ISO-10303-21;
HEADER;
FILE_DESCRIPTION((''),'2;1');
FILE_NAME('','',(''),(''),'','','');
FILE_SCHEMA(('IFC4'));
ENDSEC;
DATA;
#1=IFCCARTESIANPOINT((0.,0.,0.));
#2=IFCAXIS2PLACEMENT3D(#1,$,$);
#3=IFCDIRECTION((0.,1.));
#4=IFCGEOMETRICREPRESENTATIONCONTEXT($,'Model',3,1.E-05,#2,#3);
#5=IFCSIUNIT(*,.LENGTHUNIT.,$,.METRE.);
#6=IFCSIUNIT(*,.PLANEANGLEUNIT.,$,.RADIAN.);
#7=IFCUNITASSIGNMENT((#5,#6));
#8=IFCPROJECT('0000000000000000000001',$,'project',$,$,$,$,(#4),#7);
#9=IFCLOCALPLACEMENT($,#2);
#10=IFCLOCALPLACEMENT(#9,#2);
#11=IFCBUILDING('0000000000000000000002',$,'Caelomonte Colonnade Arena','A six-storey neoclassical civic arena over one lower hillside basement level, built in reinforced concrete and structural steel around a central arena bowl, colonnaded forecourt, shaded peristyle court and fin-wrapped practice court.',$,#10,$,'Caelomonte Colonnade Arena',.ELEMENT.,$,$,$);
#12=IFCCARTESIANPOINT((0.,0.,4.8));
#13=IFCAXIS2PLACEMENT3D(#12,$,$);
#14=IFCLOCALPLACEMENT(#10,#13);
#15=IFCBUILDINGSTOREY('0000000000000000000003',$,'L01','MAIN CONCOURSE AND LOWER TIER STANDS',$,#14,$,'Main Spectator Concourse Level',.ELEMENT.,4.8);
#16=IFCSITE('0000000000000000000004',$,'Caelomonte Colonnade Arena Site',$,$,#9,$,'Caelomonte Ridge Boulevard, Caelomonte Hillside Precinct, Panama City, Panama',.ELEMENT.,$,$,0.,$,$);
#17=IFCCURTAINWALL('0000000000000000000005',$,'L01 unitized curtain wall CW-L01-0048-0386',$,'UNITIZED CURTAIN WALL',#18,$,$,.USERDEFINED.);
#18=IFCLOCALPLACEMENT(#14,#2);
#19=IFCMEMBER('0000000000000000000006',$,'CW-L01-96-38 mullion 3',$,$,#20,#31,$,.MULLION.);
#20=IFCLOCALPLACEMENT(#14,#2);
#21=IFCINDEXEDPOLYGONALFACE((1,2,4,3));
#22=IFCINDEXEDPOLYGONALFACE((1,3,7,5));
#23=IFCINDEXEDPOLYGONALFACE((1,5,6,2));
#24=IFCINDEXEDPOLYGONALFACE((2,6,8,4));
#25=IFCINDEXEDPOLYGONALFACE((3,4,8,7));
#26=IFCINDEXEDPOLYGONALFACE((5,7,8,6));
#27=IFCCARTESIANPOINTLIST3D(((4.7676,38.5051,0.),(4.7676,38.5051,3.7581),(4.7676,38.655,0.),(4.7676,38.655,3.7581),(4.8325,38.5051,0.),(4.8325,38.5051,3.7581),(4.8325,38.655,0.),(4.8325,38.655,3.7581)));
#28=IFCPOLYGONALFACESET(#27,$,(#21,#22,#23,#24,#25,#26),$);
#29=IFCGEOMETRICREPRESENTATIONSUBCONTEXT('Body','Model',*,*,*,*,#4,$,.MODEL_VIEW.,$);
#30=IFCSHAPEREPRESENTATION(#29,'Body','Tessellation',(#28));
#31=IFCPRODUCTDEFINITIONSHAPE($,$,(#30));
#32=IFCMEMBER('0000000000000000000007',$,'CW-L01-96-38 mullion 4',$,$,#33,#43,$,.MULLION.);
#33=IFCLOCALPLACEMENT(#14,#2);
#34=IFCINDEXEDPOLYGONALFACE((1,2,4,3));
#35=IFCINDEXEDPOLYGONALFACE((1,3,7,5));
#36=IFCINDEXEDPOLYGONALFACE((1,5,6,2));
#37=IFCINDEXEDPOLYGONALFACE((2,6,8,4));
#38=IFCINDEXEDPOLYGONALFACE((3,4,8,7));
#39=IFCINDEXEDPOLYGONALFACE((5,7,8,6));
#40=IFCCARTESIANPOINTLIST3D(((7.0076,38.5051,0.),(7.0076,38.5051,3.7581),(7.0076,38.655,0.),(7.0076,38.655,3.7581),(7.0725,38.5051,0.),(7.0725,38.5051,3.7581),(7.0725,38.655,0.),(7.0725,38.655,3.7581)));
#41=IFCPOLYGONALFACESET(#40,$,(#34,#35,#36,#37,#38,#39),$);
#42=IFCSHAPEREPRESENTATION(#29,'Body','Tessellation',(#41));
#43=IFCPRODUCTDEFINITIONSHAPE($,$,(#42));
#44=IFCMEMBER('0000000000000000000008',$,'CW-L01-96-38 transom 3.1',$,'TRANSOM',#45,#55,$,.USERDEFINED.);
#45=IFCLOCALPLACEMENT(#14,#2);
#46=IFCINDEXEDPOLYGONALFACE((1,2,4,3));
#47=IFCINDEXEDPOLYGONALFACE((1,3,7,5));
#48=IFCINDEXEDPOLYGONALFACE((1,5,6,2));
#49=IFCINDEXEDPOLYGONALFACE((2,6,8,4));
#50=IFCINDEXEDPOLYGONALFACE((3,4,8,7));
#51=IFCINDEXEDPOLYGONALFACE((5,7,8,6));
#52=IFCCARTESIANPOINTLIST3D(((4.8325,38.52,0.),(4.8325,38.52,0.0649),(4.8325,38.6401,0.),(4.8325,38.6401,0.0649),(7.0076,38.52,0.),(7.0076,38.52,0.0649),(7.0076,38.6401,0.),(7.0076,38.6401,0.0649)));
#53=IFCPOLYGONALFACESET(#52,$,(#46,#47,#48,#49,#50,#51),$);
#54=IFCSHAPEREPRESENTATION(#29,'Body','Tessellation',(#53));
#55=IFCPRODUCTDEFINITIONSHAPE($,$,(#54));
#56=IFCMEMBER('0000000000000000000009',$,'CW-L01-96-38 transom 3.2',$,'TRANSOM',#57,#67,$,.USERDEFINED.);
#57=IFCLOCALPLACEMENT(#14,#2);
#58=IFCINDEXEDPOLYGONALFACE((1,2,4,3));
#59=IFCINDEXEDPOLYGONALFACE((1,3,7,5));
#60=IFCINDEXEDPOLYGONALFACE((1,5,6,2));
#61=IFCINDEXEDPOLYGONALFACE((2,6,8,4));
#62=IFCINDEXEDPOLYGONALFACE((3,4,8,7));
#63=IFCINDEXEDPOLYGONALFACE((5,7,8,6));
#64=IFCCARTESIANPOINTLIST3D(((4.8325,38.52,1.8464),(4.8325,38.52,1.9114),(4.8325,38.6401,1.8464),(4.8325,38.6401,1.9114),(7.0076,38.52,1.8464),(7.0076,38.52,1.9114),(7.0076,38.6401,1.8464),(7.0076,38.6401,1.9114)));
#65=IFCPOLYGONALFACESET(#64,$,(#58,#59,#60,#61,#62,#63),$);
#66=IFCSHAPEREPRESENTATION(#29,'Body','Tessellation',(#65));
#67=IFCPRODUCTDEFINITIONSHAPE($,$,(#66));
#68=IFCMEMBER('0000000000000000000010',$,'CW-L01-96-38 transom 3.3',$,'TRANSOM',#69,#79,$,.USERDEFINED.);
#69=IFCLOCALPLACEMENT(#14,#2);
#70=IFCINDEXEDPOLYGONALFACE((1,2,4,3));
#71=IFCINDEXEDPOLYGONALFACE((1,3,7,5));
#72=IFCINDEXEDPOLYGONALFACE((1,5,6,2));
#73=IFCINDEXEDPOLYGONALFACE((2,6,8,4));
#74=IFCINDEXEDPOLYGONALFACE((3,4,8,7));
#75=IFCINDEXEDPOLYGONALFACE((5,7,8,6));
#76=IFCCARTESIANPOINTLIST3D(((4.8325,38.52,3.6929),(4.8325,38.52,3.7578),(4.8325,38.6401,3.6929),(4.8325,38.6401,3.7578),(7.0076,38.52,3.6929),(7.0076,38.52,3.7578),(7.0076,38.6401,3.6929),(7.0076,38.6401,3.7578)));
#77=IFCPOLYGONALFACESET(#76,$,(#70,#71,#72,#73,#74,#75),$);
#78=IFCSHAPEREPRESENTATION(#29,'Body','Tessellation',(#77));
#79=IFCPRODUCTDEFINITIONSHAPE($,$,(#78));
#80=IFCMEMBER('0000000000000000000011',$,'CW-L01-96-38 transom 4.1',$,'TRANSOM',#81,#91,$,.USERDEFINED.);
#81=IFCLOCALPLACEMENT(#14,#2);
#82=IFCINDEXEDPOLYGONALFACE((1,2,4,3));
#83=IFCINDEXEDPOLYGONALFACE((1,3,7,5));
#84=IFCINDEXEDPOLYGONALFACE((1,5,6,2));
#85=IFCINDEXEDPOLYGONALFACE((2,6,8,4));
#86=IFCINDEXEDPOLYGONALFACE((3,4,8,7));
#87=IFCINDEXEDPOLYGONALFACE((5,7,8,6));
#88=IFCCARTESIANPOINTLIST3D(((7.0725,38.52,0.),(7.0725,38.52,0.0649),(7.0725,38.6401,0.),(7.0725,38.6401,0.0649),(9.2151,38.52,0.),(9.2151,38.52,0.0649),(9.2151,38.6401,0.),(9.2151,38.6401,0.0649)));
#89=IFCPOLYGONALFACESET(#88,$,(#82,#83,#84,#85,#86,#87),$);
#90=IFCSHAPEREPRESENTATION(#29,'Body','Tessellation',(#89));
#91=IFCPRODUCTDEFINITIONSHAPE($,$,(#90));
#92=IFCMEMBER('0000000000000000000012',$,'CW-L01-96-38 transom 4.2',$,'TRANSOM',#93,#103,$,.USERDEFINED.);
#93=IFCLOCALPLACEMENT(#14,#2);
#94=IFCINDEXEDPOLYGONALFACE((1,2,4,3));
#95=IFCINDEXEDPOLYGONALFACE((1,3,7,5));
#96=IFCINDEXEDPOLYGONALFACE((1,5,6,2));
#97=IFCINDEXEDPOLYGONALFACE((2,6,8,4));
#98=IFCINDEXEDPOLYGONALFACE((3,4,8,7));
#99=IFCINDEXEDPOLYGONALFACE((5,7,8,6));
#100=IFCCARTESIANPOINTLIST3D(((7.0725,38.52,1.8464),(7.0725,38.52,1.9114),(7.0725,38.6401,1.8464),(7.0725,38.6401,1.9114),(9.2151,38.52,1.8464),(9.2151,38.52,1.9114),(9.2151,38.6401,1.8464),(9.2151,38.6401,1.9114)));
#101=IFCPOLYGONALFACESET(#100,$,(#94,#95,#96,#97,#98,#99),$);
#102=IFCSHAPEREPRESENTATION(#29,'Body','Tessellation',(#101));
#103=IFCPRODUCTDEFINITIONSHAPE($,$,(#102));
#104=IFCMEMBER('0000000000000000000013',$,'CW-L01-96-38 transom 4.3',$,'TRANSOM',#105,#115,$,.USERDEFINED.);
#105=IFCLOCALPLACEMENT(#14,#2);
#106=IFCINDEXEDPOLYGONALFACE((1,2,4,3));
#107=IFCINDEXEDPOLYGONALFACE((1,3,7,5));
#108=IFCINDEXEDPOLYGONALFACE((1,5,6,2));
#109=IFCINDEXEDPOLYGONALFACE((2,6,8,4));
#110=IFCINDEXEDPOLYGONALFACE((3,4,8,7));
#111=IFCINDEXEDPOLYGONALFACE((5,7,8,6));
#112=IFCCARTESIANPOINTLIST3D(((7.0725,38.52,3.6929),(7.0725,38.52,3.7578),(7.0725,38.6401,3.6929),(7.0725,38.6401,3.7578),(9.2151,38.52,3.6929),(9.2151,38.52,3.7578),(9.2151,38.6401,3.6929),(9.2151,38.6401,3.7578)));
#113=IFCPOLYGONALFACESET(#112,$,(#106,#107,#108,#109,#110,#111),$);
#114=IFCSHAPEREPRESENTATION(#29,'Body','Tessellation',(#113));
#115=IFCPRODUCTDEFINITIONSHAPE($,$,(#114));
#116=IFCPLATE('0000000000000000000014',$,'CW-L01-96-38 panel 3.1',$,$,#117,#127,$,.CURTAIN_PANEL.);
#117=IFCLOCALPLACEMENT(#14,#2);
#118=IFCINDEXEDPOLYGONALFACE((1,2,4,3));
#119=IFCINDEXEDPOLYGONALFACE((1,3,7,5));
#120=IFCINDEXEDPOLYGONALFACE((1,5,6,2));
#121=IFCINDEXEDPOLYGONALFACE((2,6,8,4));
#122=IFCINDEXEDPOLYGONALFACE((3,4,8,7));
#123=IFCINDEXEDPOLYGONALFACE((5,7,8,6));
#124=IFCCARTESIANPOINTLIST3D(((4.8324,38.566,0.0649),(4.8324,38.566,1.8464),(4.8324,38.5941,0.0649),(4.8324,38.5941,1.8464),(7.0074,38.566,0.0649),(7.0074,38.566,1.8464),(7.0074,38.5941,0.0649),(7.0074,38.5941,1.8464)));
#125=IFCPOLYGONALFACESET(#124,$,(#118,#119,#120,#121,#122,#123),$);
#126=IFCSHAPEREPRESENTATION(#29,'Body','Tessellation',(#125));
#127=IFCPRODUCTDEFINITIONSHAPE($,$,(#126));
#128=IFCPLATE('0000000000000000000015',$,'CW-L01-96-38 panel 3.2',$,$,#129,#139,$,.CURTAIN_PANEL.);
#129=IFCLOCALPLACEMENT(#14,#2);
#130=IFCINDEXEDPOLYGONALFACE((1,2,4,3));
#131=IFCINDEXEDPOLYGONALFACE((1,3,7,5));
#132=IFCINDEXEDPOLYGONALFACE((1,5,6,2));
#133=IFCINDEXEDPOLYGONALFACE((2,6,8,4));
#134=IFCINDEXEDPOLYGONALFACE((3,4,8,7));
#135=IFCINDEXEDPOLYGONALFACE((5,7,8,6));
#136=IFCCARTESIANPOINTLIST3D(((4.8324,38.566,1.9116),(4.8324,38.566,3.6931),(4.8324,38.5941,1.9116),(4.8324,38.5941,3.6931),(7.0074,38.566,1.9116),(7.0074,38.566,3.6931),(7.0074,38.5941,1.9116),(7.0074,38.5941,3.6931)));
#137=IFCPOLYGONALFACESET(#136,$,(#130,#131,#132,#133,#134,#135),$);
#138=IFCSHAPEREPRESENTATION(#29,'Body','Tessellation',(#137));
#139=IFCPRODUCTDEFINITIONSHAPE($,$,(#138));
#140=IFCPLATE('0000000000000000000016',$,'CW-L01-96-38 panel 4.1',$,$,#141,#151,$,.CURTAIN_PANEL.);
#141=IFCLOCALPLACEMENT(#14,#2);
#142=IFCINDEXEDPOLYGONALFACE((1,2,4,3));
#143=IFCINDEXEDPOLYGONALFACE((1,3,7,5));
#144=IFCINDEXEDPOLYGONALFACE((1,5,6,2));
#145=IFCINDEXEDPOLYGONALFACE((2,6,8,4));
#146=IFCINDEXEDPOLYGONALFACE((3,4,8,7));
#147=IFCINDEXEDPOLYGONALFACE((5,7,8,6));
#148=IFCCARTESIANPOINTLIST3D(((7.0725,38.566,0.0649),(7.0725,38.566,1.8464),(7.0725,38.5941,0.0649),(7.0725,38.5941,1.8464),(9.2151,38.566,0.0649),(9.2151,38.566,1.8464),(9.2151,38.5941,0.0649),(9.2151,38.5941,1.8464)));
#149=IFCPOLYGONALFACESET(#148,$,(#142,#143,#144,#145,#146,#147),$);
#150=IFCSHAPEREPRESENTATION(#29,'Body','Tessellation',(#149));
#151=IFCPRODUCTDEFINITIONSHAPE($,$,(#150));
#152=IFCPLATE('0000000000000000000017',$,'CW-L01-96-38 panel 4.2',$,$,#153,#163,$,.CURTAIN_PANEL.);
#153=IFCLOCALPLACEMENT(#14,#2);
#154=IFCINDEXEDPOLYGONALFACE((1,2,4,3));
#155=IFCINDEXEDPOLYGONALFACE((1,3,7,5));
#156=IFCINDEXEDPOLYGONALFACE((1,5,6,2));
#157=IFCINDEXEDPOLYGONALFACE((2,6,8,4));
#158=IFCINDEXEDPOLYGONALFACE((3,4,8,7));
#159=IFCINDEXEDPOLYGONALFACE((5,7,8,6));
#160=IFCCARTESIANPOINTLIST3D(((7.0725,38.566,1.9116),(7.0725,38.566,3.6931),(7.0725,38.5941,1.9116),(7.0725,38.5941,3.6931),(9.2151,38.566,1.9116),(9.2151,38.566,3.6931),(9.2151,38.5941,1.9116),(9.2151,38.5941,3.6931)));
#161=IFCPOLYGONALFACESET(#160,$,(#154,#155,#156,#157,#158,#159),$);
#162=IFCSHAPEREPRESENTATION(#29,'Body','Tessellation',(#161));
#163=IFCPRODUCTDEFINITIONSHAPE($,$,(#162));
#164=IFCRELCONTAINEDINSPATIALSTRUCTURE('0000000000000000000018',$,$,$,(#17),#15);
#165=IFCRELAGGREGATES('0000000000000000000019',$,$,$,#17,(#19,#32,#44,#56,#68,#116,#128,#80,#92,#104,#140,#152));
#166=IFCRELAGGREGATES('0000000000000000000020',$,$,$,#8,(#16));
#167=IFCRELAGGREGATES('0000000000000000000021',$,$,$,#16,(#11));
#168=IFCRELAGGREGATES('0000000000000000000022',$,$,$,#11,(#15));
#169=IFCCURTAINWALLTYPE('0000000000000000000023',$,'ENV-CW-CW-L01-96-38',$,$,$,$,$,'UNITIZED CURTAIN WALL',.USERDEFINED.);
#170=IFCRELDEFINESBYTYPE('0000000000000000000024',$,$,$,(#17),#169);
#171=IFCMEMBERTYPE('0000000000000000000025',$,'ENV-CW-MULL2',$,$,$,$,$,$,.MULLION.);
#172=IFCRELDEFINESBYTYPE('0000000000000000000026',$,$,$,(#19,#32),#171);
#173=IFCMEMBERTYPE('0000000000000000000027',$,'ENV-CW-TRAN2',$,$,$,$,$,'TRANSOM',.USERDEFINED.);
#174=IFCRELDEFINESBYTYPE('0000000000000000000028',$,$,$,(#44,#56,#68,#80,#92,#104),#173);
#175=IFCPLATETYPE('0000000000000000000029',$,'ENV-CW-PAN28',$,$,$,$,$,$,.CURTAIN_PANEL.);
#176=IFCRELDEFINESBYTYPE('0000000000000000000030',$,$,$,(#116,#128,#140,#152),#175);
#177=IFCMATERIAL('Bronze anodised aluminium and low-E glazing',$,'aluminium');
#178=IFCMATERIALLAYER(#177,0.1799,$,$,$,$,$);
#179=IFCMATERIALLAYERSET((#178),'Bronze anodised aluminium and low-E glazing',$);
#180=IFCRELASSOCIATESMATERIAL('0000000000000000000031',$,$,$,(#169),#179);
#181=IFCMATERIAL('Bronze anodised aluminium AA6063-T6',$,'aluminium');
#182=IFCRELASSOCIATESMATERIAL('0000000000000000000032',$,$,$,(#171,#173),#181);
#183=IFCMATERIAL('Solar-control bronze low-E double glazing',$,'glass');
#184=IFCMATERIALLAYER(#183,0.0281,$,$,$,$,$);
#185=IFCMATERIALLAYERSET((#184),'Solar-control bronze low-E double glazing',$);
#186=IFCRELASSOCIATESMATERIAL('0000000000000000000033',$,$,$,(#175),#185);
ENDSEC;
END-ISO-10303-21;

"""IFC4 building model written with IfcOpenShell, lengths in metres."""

from ifc_helpers import new_model, si_unit, direction, frame, origin, origin_2d, place, context, subcontext, project, spatial, rectangle, extrude, material, layer, layer_set, material_profile, profile_set, type_object, element, aggregate, save


model = new_model("IFC4")

# Units and contexts
model_context = context("Model", 3, precision=1e-05, world=origin(), true_north=direction((0.0, 1.0)))
body_context = subcontext(model_context, "Body", "Model", "MODEL_VIEW")
ifc_project = project(units=[si_unit("LENGTHUNIT", "METRE"), si_unit("PLANEANGLEUNIT", "RADIAN")], contexts=[model_context])

# Site, building, storey
site_placement = place(None, origin())
site = spatial("IfcSite", under=ifc_project, at=site_placement, Name="Caelomonte Colonnade Arena Site", LongName="Caelomonte Ridge Boulevard, Caelomonte Hillside Precinct, Panama City, Panama", CompositionType="ELEMENT", RefElevation=0.0)
building_placement = place(site_placement, origin())
building = spatial("IfcBuilding", under=site, at=building_placement, Name="Caelomonte Colonnade Arena", Description="A six-storey neoclassical civic arena over one lower hillside basement level, built in reinforced concrete and structural steel around a central arena bowl, colonnaded forecourt, shaded peristyle court and fin-wrapped practice court.", LongName="Caelomonte Colonnade Arena", CompositionType="ELEMENT")
storey_placement = place(building_placement, frame((0.0, 0.0, 4.8)))
storey = spatial("IfcBuildingStorey", under=building, at=storey_placement, Name="L01", Description="MAIN CONCOURSE AND LOWER TIER STANDS", LongName="Main Spectator Concourse Level", CompositionType="ELEMENT", Elevation=4.8)

# Curtain wall, members, plates
ifc_material_1 = material(Name="Bronze anodised aluminium and low-E glazing", Category="aluminium")
ifc_layer_1 = layer(ifc_material_1, 0.1799)
ifc_layer_set_1 = layer_set([ifc_layer_1], Name="Bronze anodised aluminium and low-E glazing")
curtain_wall_type = type_object("IfcCurtainWallType", Name="ENV-CW-CW-L01-96-38", ElementType="UNITIZED CURTAIN WALL", PredefinedType="USERDEFINED", material=ifc_layer_set_1)
curtain_wall_placement = place(storey_placement, origin())
curtain_wall = element("IfcCurtainWall", 1, at=curtain_wall_placement, inside=storey, type_object=curtain_wall_type, Name="L01 unitized curtain wall CW-L01-0048-0386", ObjectType="UNITIZED CURTAIN WALL", PredefinedType="USERDEFINED")
ifc_material_2 = material(Name="Bronze anodised aluminium AA6063-T6", Category="aluminium")
ifc_material_profile_1 = material_profile(ifc_material_2, rectangle(XDim=0.0649, YDim=0.1499, at=origin_2d()), Name="CWM-65X150")
ifc_profile_set_1 = profile_set([ifc_material_profile_1], Name="Bronze anodised aluminium AA6063-T6")
member_type_1 = type_object("IfcMemberType", Name="ENV-CW-MULL2", PredefinedType="MULLION", material=ifc_profile_set_1)
member_1_placement = place(storey_placement, frame((4.8, 38.5801, 0.0), z_axis=(0.0, 0.0, 1.0), x_axis=(1.0, 0.0, 0.0)))
member_1 = element("IfcMember", 2, at=member_1_placement, type_object=member_type_1, Name="CW-L01-96-38 mullion 3", PredefinedType="MULLION", context=body_context, shape_type="SweptSolid", body=[
    extrude(rectangle(XDim=0.0649, YDim=0.1499, at=origin_2d()), origin(), (0.0, 0.0, 1.0), 3.7581),
])
member_2_placement = place(storey_placement, frame((7.04, 38.5801, 0.0), z_axis=(0.0, 0.0, 1.0), x_axis=(1.0, 0.0, 0.0)))
member_2 = element("IfcMember", 3, at=member_2_placement, type_object=member_type_1, Name="CW-L01-96-38 mullion 4", PredefinedType="MULLION", context=body_context, shape_type="SweptSolid", body=[
    extrude(rectangle(XDim=0.0649, YDim=0.1499, at=origin_2d()), origin(), (0.0, 0.0, 1.0), 3.7581),
])
ifc_material_profile_2 = material_profile(ifc_material_2, rectangle(XDim=0.0649, YDim=0.1201, at=origin_2d()), Name="CWT-65X120")
ifc_profile_set_2 = profile_set([ifc_material_profile_2], Name="Bronze anodised aluminium AA6063-T6")
member_type_2 = type_object("IfcMemberType", Name="ENV-CW-TRAN2", ElementType="TRANSOM", PredefinedType="USERDEFINED", material=ifc_profile_set_2)
member_3_placement = place(storey_placement, frame((4.8325, 38.5801, 0.0325), z_axis=(1.0, 0.0, 0.0), x_axis=(0.0, 0.0, 1.0)))
member_3 = element("IfcMember", 4, at=member_3_placement, type_object=member_type_2, Name="CW-L01-96-38 transom 3.1", ObjectType="TRANSOM", PredefinedType="USERDEFINED", context=body_context, shape_type="SweptSolid", body=[
    extrude(rectangle(XDim=0.0649, YDim=0.1201, at=origin_2d()), origin(), (0.0, 0.0, 1.0), 2.175),
])
member_4_placement = place(storey_placement, frame((4.8325, 38.5801, 1.8789), z_axis=(1.0, 0.0, 0.0), x_axis=(0.0, 0.0, 1.0)))
member_4 = element("IfcMember", 5, at=member_4_placement, type_object=member_type_2, Name="CW-L01-96-38 transom 3.2", ObjectType="TRANSOM", PredefinedType="USERDEFINED", context=body_context, shape_type="SweptSolid", body=[
    extrude(rectangle(XDim=0.0649, YDim=0.1201, at=origin_2d()), origin(), (0.0, 0.0, 1.0), 2.175),
])
member_5_placement = place(storey_placement, frame((4.8325, 38.5801, 3.7253), z_axis=(1.0, 0.0, 0.0), x_axis=(0.0, 0.0, 1.0)))
member_5 = element("IfcMember", 6, at=member_5_placement, type_object=member_type_2, Name="CW-L01-96-38 transom 3.3", ObjectType="TRANSOM", PredefinedType="USERDEFINED", context=body_context, shape_type="SweptSolid", body=[
    extrude(rectangle(XDim=0.0649, YDim=0.1201, at=origin_2d()), origin(), (0.0, 0.0, 1.0), 2.175),
])
member_6_placement = place(storey_placement, frame((7.0725, 38.5801, 0.0325), z_axis=(1.0, 0.0, 0.0), x_axis=(0.0, 0.0, 1.0)))
member_6 = element("IfcMember", 7, at=member_6_placement, type_object=member_type_2, Name="CW-L01-96-38 transom 4.1", ObjectType="TRANSOM", PredefinedType="USERDEFINED", context=body_context, shape_type="SweptSolid", body=[
    extrude(rectangle(XDim=0.0649, YDim=0.1201, at=origin_2d()), origin(), (0.0, 0.0, 1.0), 2.1426),
])
member_7_placement = place(storey_placement, frame((7.0725, 38.5801, 1.8789), z_axis=(1.0, 0.0, 0.0), x_axis=(0.0, 0.0, 1.0)))
member_7 = element("IfcMember", 8, at=member_7_placement, type_object=member_type_2, Name="CW-L01-96-38 transom 4.2", ObjectType="TRANSOM", PredefinedType="USERDEFINED", context=body_context, shape_type="SweptSolid", body=[
    extrude(rectangle(XDim=0.0649, YDim=0.1201, at=origin_2d()), origin(), (0.0, 0.0, 1.0), 2.1426),
])
member_8_placement = place(storey_placement, frame((7.0725, 38.5801, 3.7253), z_axis=(1.0, 0.0, 0.0), x_axis=(0.0, 0.0, 1.0)))
member_8 = element("IfcMember", 9, at=member_8_placement, type_object=member_type_2, Name="CW-L01-96-38 transom 4.3", ObjectType="TRANSOM", PredefinedType="USERDEFINED", context=body_context, shape_type="SweptSolid", body=[
    extrude(rectangle(XDim=0.0649, YDim=0.1201, at=origin_2d()), origin(), (0.0, 0.0, 1.0), 2.1426),
])
ifc_material_3 = material(Name="Solar-control bronze low-E double glazing", Category="glass")
ifc_layer_2 = layer(ifc_material_3, 0.0281)
ifc_layer_set_2 = layer_set([ifc_layer_2], Name="Solar-control bronze low-E double glazing")
plate_type = type_object("IfcPlateType", Name="ENV-CW-PAN28", PredefinedType="CURTAIN_PANEL", material=ifc_layer_set_2)
plate_1_placement = place(storey_placement, frame((5.9199, 38.5801, 0.0649), z_axis=(0.0, 0.0, 1.0), x_axis=(1.0, 0.0, 0.0)))
plate_1 = element("IfcPlate", 10, at=plate_1_placement, type_object=plate_type, Name="CW-L01-96-38 panel 3.1", PredefinedType="CURTAIN_PANEL", context=body_context, shape_type="SweptSolid", body=[
    extrude(rectangle(XDim=2.175, YDim=0.0281, at=origin_2d()), origin(), (0.0, 0.0, 1.0), 1.7815),
])
plate_2_placement = place(storey_placement, frame((5.9199, 38.5801, 1.9116), z_axis=(0.0, 0.0, 1.0), x_axis=(1.0, 0.0, 0.0)))
plate_2 = element("IfcPlate", 11, at=plate_2_placement, type_object=plate_type, Name="CW-L01-96-38 panel 3.2", PredefinedType="CURTAIN_PANEL", context=body_context, shape_type="SweptSolid", body=[
    extrude(rectangle(XDim=2.175, YDim=0.0281, at=origin_2d()), origin(), (0.0, 0.0, 1.0), 1.7815),
])
plate_3_placement = place(storey_placement, frame((8.1438, 38.5801, 0.0649), z_axis=(0.0, 0.0, 1.0), x_axis=(1.0, 0.0, 0.0)))
plate_3 = element("IfcPlate", 12, at=plate_3_placement, type_object=plate_type, Name="CW-L01-96-38 panel 4.1", PredefinedType="CURTAIN_PANEL", context=body_context, shape_type="SweptSolid", body=[
    extrude(rectangle(XDim=2.1426, YDim=0.0281, at=origin_2d()), origin(), (0.0, 0.0, 1.0), 1.7815),
])
plate_4_placement = place(storey_placement, frame((8.1438, 38.5801, 1.9116), z_axis=(0.0, 0.0, 1.0), x_axis=(1.0, 0.0, 0.0)))
plate_4 = element("IfcPlate", 13, at=plate_4_placement, type_object=plate_type, Name="CW-L01-96-38 panel 4.2", PredefinedType="CURTAIN_PANEL", context=body_context, shape_type="SweptSolid", body=[
    extrude(rectangle(XDim=2.1426, YDim=0.0281, at=origin_2d()), origin(), (0.0, 0.0, 1.0), 1.7815),
])
aggregate(curtain_wall, [member_1, member_2, member_3, member_4, member_5, plate_1, plate_2, member_6, member_7, member_8, plate_3, plate_4])

save(model, "model.ifc")
